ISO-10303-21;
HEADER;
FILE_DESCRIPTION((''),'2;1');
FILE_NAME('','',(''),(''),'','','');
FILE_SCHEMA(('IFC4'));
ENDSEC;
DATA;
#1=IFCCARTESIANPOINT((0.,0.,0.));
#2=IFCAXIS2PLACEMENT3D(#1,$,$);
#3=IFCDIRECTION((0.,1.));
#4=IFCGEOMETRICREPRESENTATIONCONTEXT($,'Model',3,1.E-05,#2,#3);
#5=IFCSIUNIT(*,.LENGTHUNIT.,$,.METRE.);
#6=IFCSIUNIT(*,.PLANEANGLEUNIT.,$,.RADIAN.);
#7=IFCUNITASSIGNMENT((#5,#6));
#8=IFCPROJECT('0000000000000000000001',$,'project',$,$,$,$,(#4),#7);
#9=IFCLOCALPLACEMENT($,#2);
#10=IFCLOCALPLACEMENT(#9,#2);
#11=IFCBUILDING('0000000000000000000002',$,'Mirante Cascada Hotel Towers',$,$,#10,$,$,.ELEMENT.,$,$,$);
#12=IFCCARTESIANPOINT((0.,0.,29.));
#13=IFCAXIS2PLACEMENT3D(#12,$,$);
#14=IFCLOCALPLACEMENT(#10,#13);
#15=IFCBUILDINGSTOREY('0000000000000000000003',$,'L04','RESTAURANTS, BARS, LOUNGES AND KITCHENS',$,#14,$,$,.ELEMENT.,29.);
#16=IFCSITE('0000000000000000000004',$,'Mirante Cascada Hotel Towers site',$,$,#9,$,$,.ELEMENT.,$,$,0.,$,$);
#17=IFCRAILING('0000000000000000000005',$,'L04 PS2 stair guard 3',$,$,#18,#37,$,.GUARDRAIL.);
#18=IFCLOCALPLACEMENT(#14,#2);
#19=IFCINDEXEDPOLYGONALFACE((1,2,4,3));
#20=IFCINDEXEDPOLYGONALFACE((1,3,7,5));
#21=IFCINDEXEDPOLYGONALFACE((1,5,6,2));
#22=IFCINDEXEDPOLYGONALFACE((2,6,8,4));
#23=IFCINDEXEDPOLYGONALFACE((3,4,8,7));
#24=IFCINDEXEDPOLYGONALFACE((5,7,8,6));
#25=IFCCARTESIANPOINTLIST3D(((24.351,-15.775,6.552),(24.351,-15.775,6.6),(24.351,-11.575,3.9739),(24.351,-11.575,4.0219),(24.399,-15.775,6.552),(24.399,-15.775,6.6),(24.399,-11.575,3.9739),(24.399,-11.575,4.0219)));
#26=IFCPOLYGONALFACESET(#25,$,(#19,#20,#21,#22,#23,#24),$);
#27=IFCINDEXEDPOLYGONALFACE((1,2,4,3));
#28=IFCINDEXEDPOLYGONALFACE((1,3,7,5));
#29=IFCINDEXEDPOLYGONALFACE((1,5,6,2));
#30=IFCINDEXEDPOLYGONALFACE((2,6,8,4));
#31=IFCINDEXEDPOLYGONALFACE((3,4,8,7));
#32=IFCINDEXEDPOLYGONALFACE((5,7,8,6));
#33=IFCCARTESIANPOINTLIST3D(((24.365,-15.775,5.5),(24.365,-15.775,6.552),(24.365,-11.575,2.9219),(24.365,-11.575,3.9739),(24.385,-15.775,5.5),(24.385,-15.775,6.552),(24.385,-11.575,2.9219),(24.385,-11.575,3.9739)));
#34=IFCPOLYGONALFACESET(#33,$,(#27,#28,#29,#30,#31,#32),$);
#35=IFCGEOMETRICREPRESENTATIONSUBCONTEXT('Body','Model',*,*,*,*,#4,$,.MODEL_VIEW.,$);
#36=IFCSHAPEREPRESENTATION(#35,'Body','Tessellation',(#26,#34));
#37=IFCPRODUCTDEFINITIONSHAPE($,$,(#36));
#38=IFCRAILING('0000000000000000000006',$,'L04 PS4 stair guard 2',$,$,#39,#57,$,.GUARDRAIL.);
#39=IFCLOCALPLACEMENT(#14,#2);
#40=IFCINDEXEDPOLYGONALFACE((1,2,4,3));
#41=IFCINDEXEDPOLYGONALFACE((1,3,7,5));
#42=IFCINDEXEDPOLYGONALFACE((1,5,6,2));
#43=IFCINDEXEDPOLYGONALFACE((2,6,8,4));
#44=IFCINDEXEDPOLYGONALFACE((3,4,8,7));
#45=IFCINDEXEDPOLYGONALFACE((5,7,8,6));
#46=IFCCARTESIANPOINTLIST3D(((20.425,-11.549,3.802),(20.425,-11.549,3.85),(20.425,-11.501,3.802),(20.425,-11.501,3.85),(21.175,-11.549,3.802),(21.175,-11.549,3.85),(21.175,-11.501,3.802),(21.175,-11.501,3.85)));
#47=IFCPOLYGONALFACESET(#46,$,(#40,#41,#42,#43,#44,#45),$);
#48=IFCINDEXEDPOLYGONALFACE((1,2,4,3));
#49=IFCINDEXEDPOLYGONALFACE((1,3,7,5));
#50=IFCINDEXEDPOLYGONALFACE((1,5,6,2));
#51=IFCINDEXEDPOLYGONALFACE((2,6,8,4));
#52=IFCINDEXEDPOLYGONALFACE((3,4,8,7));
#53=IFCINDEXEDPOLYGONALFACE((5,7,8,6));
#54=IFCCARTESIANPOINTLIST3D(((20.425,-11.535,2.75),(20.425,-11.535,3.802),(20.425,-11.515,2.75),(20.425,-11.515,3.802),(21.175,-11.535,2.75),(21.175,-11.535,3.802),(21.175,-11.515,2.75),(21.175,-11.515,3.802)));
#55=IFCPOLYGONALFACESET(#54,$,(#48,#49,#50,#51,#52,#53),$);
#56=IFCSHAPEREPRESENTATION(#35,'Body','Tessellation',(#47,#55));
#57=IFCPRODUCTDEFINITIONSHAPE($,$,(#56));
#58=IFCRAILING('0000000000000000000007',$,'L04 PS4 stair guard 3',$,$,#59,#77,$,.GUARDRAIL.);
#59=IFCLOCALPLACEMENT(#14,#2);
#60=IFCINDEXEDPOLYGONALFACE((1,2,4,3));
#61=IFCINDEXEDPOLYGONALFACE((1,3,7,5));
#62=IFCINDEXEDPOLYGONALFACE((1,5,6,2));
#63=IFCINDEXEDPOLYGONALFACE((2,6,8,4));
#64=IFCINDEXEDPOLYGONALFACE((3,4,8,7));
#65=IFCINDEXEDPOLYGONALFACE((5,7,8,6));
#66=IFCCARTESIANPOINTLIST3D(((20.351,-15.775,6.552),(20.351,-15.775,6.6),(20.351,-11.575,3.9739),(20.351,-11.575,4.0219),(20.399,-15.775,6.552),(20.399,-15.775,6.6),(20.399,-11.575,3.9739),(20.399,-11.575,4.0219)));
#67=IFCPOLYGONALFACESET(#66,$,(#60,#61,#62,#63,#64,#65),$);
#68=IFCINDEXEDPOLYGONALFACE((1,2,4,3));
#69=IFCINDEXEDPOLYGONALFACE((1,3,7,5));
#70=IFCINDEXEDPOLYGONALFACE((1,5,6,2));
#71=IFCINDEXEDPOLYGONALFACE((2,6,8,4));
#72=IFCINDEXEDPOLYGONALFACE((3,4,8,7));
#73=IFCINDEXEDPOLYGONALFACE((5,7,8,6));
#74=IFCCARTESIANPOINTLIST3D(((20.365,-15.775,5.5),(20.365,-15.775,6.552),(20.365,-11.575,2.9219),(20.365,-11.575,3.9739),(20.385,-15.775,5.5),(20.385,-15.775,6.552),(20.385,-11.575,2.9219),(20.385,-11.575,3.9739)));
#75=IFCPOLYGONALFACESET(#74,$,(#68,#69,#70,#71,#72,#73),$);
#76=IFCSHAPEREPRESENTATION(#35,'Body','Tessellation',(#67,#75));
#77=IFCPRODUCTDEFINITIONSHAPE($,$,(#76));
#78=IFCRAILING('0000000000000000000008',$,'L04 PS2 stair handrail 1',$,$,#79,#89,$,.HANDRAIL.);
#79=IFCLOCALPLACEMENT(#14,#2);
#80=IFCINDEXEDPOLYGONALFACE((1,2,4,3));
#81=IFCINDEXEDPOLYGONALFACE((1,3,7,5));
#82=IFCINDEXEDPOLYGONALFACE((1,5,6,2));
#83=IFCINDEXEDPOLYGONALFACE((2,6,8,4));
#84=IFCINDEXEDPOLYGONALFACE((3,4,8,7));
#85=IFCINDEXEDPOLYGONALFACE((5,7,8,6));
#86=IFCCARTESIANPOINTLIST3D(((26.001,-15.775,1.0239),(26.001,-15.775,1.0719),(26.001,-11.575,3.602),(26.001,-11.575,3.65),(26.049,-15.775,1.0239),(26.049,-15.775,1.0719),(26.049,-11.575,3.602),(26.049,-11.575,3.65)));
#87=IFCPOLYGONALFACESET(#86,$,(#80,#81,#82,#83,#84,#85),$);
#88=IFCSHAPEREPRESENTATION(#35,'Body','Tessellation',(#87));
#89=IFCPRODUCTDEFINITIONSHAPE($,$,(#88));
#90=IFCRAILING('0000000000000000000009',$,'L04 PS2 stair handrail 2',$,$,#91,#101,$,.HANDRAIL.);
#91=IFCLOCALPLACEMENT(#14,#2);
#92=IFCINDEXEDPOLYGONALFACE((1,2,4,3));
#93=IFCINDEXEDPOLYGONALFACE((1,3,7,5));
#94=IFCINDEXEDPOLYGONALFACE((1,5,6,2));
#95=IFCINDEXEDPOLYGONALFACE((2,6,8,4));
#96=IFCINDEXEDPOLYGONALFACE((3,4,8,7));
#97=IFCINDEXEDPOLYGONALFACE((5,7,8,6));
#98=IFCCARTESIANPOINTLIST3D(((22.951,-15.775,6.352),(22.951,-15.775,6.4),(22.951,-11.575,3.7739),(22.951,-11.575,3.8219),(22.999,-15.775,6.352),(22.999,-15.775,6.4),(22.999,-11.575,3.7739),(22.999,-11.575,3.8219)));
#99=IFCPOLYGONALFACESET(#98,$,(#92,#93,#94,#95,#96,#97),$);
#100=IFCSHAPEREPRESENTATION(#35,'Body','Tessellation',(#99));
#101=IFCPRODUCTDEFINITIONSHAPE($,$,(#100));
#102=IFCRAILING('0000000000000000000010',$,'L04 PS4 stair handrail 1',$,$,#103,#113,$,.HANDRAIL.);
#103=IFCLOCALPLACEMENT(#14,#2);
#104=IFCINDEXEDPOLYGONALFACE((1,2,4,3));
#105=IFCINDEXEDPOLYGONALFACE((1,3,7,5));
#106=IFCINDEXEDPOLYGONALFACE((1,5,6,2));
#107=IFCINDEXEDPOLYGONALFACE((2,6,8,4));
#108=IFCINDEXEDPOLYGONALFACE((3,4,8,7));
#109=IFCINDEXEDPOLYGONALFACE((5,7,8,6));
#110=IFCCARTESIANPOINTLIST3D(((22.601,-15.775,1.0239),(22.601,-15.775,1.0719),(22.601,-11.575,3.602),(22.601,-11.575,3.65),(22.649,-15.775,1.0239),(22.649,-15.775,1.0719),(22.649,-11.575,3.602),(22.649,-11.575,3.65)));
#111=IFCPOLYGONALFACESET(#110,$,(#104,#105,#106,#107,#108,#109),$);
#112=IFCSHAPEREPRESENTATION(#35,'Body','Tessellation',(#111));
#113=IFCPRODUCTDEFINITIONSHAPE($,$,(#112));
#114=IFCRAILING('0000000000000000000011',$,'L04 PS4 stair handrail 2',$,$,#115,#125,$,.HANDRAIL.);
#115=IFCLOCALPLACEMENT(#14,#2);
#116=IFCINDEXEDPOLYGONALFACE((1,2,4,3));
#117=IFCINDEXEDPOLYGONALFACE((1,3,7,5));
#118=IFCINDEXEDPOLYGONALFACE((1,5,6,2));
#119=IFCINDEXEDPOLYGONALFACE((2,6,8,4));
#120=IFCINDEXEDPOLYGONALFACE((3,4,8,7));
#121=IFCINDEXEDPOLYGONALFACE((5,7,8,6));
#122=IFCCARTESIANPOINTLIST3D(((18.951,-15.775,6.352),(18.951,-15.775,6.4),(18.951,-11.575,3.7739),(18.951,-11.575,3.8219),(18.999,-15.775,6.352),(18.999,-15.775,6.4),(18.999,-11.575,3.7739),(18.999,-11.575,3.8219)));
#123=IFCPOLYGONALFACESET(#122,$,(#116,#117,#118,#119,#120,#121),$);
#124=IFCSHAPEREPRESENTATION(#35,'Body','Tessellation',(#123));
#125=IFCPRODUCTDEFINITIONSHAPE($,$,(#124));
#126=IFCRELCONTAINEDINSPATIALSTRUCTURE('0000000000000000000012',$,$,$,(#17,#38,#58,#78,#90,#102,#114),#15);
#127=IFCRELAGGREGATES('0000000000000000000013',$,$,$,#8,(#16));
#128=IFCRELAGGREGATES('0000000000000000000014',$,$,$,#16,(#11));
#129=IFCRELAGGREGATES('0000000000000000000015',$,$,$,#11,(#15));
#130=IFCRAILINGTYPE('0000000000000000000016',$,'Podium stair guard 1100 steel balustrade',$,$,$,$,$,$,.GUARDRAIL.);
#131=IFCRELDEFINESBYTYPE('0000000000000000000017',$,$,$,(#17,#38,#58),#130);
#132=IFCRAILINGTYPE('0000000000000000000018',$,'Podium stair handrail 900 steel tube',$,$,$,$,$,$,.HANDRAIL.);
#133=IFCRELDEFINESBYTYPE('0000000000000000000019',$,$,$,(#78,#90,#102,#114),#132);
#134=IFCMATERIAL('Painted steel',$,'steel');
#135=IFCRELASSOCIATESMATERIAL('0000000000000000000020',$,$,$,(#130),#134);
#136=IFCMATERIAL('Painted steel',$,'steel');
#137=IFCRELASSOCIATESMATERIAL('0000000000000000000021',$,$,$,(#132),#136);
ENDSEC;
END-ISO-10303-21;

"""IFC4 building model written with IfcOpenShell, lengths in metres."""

from ifc_helpers import new_model, si_unit, direction, frame, origin, origin_2d, place, context, subcontext, project, spatial, rectangle, extrude, material, type_object, element, save


model = new_model("IFC4")

# Units and contexts
model_context = context("Model", 3, precision=1e-05, world=origin(), true_north=direction((0.0, 1.0)))
body_context = subcontext(model_context, "Body", "Model", "MODEL_VIEW")
ifc_project = project(units=[si_unit("LENGTHUNIT", "METRE"), si_unit("PLANEANGLEUNIT", "RADIAN")], contexts=[model_context])

# Site, building, storey
site_placement = place(None, origin())
site = spatial("IfcSite", under=ifc_project, at=site_placement, Name="Mirante Cascada Hotel Towers site", CompositionType="ELEMENT", RefElevation=0.0)
building_placement = place(site_placement, origin())
building = spatial("IfcBuilding", under=site, at=building_placement, Name="Mirante Cascada Hotel Towers", CompositionType="ELEMENT")
storey_placement = place(building_placement, frame((0.0, 0.0, 29.0)))
storey = spatial("IfcBuildingStorey", under=building, at=storey_placement, Name="L04", Description="RESTAURANTS, BARS, LOUNGES AND KITCHENS", CompositionType="ELEMENT", Elevation=29.0)

# Railings
ifc_material_1 = material(Name="Painted steel", Category="steel")
railing_type_1 = type_object("IfcRailingType", Name="Podium stair guard 1100 steel balustrade", PredefinedType="GUARDRAIL", material=ifc_material_1)
railing_1_placement = place(storey_placement, frame((24.375, -11.575, 2.9219)))
element("IfcRailing", 1, at=railing_1_placement, inside=storey, type_object=railing_type_1, Name="L04 PS2 stair guard 3", PredefinedType="GUARDRAIL", context=body_context, shape_type="SweptSolid", body=[
    extrude(rectangle(XDim=0.048, YDim=0.048, at=origin_2d()), frame((0.0, 0.0, 1.076), z_axis=(0.0, -1.0, 0.0), x_axis=(1.0, 0.0, 0.0)), (0.0, 0.523138, 0.852248), 4.9281),
    extrude(rectangle(XDim=0.02, YDim=1.052, at=origin_2d()), frame((0.0, 0.0, 0.526), z_axis=(0.0, -1.0, 0.0), x_axis=(1.0, 0.0, 0.0)), (0.0, 0.523138, 0.852248), 4.9281),
])
railing_2_placement = place(storey_placement, frame((21.175, -11.525, 2.75)))
element("IfcRailing", 2, at=railing_2_placement, inside=storey, type_object=railing_type_1, Name="L04 PS4 stair guard 2", PredefinedType="GUARDRAIL", context=body_context, shape_type="SweptSolid", body=[
    extrude(rectangle(XDim=0.048, YDim=0.048, at=origin_2d()), frame((0.0, 0.0, 1.076), z_axis=(-1.0, 0.0, 0.0), x_axis=(0.0, -1.0, 0.0)), (0.0, 0.0, 1.0), 0.75),
    extrude(rectangle(XDim=0.02, YDim=1.052, at=origin_2d()), frame((0.0, 0.0, 0.526), z_axis=(-1.0, 0.0, 0.0), x_axis=(0.0, -1.0, 0.0)), (0.0, 0.0, 1.0), 0.75),
])
railing_3_placement = place(storey_placement, frame((20.375, -11.575, 2.9219)))
element("IfcRailing", 3, at=railing_3_placement, inside=storey, type_object=railing_type_1, Name="L04 PS4 stair guard 3", PredefinedType="GUARDRAIL", context=body_context, shape_type="SweptSolid", body=[
    extrude(rectangle(XDim=0.048, YDim=0.048, at=origin_2d()), frame((0.0, 0.0, 1.076), z_axis=(0.0, -1.0, 0.0), x_axis=(1.0, 0.0, 0.0)), (0.0, 0.523138, 0.852248), 4.9281),
    extrude(rectangle(XDim=0.02, YDim=1.052, at=origin_2d()), frame((0.0, 0.0, 0.526), z_axis=(0.0, -1.0, 0.0), x_axis=(1.0, 0.0, 0.0)), (0.0, 0.523138, 0.852248), 4.9281),
])
ifc_material_2 = material(Name="Painted steel", Category="steel")
railing_type_2 = type_object("IfcRailingType", Name="Podium stair handrail 900 steel tube", PredefinedType="HANDRAIL", material=ifc_material_2)
railing_4_placement = place(storey_placement, frame((26.025, -15.775, 0.1719)))
element("IfcRailing", 4, at=railing_4_placement, inside=storey, type_object=railing_type_2, Name="L04 PS2 stair handrail 1", PredefinedType="HANDRAIL", context=body_context, shape_type="SweptSolid", body=[
    extrude(rectangle(XDim=0.048, YDim=0.048, at=origin_2d()), frame((0.0, 0.0, 0.876), z_axis=(0.0, 1.0, 0.0), x_axis=(-1.0, 0.0, 0.0)), (0.0, 0.523138, 0.852248), 4.9281),
])
railing_5_placement = place(storey_placement, frame((22.975, -11.575, 2.9219)))
element("IfcRailing", 5, at=railing_5_placement, inside=storey, type_object=railing_type_2, Name="L04 PS2 stair handrail 2", PredefinedType="HANDRAIL", context=body_context, shape_type="SweptSolid", body=[
    extrude(rectangle(XDim=0.048, YDim=0.048, at=origin_2d()), frame((0.0, 0.0, 0.876), z_axis=(0.0, -1.0, 0.0), x_axis=(1.0, 0.0, 0.0)), (0.0, 0.523138, 0.852248), 4.9281),
])
railing_6_placement = place(storey_placement, frame((22.625, -15.775, 0.1719)))
element("IfcRailing", 6, at=railing_6_placement, inside=storey, type_object=railing_type_2, Name="L04 PS4 stair handrail 1", PredefinedType="HANDRAIL", context=body_context, shape_type="SweptSolid", body=[
    extrude(rectangle(XDim=0.048, YDim=0.048, at=origin_2d()), frame((0.0, 0.0, 0.876), z_axis=(0.0, 1.0, 0.0), x_axis=(-1.0, 0.0, 0.0)), (0.0, 0.523138, 0.852248), 4.9281),
])
railing_7_placement = place(storey_placement, frame((18.975, -11.575, 2.9219)))
element("IfcRailing", 7, at=railing_7_placement, inside=storey, type_object=railing_type_2, Name="L04 PS4 stair handrail 2", PredefinedType="HANDRAIL", context=body_context, shape_type="SweptSolid", body=[
    extrude(rectangle(XDim=0.048, YDim=0.048, at=origin_2d()), frame((0.0, 0.0, 0.876), z_axis=(0.0, -1.0, 0.0), x_axis=(1.0, 0.0, 0.0)), (0.0, 0.523138, 0.852248), 4.9281),
])

save(model, "model.ifc")
